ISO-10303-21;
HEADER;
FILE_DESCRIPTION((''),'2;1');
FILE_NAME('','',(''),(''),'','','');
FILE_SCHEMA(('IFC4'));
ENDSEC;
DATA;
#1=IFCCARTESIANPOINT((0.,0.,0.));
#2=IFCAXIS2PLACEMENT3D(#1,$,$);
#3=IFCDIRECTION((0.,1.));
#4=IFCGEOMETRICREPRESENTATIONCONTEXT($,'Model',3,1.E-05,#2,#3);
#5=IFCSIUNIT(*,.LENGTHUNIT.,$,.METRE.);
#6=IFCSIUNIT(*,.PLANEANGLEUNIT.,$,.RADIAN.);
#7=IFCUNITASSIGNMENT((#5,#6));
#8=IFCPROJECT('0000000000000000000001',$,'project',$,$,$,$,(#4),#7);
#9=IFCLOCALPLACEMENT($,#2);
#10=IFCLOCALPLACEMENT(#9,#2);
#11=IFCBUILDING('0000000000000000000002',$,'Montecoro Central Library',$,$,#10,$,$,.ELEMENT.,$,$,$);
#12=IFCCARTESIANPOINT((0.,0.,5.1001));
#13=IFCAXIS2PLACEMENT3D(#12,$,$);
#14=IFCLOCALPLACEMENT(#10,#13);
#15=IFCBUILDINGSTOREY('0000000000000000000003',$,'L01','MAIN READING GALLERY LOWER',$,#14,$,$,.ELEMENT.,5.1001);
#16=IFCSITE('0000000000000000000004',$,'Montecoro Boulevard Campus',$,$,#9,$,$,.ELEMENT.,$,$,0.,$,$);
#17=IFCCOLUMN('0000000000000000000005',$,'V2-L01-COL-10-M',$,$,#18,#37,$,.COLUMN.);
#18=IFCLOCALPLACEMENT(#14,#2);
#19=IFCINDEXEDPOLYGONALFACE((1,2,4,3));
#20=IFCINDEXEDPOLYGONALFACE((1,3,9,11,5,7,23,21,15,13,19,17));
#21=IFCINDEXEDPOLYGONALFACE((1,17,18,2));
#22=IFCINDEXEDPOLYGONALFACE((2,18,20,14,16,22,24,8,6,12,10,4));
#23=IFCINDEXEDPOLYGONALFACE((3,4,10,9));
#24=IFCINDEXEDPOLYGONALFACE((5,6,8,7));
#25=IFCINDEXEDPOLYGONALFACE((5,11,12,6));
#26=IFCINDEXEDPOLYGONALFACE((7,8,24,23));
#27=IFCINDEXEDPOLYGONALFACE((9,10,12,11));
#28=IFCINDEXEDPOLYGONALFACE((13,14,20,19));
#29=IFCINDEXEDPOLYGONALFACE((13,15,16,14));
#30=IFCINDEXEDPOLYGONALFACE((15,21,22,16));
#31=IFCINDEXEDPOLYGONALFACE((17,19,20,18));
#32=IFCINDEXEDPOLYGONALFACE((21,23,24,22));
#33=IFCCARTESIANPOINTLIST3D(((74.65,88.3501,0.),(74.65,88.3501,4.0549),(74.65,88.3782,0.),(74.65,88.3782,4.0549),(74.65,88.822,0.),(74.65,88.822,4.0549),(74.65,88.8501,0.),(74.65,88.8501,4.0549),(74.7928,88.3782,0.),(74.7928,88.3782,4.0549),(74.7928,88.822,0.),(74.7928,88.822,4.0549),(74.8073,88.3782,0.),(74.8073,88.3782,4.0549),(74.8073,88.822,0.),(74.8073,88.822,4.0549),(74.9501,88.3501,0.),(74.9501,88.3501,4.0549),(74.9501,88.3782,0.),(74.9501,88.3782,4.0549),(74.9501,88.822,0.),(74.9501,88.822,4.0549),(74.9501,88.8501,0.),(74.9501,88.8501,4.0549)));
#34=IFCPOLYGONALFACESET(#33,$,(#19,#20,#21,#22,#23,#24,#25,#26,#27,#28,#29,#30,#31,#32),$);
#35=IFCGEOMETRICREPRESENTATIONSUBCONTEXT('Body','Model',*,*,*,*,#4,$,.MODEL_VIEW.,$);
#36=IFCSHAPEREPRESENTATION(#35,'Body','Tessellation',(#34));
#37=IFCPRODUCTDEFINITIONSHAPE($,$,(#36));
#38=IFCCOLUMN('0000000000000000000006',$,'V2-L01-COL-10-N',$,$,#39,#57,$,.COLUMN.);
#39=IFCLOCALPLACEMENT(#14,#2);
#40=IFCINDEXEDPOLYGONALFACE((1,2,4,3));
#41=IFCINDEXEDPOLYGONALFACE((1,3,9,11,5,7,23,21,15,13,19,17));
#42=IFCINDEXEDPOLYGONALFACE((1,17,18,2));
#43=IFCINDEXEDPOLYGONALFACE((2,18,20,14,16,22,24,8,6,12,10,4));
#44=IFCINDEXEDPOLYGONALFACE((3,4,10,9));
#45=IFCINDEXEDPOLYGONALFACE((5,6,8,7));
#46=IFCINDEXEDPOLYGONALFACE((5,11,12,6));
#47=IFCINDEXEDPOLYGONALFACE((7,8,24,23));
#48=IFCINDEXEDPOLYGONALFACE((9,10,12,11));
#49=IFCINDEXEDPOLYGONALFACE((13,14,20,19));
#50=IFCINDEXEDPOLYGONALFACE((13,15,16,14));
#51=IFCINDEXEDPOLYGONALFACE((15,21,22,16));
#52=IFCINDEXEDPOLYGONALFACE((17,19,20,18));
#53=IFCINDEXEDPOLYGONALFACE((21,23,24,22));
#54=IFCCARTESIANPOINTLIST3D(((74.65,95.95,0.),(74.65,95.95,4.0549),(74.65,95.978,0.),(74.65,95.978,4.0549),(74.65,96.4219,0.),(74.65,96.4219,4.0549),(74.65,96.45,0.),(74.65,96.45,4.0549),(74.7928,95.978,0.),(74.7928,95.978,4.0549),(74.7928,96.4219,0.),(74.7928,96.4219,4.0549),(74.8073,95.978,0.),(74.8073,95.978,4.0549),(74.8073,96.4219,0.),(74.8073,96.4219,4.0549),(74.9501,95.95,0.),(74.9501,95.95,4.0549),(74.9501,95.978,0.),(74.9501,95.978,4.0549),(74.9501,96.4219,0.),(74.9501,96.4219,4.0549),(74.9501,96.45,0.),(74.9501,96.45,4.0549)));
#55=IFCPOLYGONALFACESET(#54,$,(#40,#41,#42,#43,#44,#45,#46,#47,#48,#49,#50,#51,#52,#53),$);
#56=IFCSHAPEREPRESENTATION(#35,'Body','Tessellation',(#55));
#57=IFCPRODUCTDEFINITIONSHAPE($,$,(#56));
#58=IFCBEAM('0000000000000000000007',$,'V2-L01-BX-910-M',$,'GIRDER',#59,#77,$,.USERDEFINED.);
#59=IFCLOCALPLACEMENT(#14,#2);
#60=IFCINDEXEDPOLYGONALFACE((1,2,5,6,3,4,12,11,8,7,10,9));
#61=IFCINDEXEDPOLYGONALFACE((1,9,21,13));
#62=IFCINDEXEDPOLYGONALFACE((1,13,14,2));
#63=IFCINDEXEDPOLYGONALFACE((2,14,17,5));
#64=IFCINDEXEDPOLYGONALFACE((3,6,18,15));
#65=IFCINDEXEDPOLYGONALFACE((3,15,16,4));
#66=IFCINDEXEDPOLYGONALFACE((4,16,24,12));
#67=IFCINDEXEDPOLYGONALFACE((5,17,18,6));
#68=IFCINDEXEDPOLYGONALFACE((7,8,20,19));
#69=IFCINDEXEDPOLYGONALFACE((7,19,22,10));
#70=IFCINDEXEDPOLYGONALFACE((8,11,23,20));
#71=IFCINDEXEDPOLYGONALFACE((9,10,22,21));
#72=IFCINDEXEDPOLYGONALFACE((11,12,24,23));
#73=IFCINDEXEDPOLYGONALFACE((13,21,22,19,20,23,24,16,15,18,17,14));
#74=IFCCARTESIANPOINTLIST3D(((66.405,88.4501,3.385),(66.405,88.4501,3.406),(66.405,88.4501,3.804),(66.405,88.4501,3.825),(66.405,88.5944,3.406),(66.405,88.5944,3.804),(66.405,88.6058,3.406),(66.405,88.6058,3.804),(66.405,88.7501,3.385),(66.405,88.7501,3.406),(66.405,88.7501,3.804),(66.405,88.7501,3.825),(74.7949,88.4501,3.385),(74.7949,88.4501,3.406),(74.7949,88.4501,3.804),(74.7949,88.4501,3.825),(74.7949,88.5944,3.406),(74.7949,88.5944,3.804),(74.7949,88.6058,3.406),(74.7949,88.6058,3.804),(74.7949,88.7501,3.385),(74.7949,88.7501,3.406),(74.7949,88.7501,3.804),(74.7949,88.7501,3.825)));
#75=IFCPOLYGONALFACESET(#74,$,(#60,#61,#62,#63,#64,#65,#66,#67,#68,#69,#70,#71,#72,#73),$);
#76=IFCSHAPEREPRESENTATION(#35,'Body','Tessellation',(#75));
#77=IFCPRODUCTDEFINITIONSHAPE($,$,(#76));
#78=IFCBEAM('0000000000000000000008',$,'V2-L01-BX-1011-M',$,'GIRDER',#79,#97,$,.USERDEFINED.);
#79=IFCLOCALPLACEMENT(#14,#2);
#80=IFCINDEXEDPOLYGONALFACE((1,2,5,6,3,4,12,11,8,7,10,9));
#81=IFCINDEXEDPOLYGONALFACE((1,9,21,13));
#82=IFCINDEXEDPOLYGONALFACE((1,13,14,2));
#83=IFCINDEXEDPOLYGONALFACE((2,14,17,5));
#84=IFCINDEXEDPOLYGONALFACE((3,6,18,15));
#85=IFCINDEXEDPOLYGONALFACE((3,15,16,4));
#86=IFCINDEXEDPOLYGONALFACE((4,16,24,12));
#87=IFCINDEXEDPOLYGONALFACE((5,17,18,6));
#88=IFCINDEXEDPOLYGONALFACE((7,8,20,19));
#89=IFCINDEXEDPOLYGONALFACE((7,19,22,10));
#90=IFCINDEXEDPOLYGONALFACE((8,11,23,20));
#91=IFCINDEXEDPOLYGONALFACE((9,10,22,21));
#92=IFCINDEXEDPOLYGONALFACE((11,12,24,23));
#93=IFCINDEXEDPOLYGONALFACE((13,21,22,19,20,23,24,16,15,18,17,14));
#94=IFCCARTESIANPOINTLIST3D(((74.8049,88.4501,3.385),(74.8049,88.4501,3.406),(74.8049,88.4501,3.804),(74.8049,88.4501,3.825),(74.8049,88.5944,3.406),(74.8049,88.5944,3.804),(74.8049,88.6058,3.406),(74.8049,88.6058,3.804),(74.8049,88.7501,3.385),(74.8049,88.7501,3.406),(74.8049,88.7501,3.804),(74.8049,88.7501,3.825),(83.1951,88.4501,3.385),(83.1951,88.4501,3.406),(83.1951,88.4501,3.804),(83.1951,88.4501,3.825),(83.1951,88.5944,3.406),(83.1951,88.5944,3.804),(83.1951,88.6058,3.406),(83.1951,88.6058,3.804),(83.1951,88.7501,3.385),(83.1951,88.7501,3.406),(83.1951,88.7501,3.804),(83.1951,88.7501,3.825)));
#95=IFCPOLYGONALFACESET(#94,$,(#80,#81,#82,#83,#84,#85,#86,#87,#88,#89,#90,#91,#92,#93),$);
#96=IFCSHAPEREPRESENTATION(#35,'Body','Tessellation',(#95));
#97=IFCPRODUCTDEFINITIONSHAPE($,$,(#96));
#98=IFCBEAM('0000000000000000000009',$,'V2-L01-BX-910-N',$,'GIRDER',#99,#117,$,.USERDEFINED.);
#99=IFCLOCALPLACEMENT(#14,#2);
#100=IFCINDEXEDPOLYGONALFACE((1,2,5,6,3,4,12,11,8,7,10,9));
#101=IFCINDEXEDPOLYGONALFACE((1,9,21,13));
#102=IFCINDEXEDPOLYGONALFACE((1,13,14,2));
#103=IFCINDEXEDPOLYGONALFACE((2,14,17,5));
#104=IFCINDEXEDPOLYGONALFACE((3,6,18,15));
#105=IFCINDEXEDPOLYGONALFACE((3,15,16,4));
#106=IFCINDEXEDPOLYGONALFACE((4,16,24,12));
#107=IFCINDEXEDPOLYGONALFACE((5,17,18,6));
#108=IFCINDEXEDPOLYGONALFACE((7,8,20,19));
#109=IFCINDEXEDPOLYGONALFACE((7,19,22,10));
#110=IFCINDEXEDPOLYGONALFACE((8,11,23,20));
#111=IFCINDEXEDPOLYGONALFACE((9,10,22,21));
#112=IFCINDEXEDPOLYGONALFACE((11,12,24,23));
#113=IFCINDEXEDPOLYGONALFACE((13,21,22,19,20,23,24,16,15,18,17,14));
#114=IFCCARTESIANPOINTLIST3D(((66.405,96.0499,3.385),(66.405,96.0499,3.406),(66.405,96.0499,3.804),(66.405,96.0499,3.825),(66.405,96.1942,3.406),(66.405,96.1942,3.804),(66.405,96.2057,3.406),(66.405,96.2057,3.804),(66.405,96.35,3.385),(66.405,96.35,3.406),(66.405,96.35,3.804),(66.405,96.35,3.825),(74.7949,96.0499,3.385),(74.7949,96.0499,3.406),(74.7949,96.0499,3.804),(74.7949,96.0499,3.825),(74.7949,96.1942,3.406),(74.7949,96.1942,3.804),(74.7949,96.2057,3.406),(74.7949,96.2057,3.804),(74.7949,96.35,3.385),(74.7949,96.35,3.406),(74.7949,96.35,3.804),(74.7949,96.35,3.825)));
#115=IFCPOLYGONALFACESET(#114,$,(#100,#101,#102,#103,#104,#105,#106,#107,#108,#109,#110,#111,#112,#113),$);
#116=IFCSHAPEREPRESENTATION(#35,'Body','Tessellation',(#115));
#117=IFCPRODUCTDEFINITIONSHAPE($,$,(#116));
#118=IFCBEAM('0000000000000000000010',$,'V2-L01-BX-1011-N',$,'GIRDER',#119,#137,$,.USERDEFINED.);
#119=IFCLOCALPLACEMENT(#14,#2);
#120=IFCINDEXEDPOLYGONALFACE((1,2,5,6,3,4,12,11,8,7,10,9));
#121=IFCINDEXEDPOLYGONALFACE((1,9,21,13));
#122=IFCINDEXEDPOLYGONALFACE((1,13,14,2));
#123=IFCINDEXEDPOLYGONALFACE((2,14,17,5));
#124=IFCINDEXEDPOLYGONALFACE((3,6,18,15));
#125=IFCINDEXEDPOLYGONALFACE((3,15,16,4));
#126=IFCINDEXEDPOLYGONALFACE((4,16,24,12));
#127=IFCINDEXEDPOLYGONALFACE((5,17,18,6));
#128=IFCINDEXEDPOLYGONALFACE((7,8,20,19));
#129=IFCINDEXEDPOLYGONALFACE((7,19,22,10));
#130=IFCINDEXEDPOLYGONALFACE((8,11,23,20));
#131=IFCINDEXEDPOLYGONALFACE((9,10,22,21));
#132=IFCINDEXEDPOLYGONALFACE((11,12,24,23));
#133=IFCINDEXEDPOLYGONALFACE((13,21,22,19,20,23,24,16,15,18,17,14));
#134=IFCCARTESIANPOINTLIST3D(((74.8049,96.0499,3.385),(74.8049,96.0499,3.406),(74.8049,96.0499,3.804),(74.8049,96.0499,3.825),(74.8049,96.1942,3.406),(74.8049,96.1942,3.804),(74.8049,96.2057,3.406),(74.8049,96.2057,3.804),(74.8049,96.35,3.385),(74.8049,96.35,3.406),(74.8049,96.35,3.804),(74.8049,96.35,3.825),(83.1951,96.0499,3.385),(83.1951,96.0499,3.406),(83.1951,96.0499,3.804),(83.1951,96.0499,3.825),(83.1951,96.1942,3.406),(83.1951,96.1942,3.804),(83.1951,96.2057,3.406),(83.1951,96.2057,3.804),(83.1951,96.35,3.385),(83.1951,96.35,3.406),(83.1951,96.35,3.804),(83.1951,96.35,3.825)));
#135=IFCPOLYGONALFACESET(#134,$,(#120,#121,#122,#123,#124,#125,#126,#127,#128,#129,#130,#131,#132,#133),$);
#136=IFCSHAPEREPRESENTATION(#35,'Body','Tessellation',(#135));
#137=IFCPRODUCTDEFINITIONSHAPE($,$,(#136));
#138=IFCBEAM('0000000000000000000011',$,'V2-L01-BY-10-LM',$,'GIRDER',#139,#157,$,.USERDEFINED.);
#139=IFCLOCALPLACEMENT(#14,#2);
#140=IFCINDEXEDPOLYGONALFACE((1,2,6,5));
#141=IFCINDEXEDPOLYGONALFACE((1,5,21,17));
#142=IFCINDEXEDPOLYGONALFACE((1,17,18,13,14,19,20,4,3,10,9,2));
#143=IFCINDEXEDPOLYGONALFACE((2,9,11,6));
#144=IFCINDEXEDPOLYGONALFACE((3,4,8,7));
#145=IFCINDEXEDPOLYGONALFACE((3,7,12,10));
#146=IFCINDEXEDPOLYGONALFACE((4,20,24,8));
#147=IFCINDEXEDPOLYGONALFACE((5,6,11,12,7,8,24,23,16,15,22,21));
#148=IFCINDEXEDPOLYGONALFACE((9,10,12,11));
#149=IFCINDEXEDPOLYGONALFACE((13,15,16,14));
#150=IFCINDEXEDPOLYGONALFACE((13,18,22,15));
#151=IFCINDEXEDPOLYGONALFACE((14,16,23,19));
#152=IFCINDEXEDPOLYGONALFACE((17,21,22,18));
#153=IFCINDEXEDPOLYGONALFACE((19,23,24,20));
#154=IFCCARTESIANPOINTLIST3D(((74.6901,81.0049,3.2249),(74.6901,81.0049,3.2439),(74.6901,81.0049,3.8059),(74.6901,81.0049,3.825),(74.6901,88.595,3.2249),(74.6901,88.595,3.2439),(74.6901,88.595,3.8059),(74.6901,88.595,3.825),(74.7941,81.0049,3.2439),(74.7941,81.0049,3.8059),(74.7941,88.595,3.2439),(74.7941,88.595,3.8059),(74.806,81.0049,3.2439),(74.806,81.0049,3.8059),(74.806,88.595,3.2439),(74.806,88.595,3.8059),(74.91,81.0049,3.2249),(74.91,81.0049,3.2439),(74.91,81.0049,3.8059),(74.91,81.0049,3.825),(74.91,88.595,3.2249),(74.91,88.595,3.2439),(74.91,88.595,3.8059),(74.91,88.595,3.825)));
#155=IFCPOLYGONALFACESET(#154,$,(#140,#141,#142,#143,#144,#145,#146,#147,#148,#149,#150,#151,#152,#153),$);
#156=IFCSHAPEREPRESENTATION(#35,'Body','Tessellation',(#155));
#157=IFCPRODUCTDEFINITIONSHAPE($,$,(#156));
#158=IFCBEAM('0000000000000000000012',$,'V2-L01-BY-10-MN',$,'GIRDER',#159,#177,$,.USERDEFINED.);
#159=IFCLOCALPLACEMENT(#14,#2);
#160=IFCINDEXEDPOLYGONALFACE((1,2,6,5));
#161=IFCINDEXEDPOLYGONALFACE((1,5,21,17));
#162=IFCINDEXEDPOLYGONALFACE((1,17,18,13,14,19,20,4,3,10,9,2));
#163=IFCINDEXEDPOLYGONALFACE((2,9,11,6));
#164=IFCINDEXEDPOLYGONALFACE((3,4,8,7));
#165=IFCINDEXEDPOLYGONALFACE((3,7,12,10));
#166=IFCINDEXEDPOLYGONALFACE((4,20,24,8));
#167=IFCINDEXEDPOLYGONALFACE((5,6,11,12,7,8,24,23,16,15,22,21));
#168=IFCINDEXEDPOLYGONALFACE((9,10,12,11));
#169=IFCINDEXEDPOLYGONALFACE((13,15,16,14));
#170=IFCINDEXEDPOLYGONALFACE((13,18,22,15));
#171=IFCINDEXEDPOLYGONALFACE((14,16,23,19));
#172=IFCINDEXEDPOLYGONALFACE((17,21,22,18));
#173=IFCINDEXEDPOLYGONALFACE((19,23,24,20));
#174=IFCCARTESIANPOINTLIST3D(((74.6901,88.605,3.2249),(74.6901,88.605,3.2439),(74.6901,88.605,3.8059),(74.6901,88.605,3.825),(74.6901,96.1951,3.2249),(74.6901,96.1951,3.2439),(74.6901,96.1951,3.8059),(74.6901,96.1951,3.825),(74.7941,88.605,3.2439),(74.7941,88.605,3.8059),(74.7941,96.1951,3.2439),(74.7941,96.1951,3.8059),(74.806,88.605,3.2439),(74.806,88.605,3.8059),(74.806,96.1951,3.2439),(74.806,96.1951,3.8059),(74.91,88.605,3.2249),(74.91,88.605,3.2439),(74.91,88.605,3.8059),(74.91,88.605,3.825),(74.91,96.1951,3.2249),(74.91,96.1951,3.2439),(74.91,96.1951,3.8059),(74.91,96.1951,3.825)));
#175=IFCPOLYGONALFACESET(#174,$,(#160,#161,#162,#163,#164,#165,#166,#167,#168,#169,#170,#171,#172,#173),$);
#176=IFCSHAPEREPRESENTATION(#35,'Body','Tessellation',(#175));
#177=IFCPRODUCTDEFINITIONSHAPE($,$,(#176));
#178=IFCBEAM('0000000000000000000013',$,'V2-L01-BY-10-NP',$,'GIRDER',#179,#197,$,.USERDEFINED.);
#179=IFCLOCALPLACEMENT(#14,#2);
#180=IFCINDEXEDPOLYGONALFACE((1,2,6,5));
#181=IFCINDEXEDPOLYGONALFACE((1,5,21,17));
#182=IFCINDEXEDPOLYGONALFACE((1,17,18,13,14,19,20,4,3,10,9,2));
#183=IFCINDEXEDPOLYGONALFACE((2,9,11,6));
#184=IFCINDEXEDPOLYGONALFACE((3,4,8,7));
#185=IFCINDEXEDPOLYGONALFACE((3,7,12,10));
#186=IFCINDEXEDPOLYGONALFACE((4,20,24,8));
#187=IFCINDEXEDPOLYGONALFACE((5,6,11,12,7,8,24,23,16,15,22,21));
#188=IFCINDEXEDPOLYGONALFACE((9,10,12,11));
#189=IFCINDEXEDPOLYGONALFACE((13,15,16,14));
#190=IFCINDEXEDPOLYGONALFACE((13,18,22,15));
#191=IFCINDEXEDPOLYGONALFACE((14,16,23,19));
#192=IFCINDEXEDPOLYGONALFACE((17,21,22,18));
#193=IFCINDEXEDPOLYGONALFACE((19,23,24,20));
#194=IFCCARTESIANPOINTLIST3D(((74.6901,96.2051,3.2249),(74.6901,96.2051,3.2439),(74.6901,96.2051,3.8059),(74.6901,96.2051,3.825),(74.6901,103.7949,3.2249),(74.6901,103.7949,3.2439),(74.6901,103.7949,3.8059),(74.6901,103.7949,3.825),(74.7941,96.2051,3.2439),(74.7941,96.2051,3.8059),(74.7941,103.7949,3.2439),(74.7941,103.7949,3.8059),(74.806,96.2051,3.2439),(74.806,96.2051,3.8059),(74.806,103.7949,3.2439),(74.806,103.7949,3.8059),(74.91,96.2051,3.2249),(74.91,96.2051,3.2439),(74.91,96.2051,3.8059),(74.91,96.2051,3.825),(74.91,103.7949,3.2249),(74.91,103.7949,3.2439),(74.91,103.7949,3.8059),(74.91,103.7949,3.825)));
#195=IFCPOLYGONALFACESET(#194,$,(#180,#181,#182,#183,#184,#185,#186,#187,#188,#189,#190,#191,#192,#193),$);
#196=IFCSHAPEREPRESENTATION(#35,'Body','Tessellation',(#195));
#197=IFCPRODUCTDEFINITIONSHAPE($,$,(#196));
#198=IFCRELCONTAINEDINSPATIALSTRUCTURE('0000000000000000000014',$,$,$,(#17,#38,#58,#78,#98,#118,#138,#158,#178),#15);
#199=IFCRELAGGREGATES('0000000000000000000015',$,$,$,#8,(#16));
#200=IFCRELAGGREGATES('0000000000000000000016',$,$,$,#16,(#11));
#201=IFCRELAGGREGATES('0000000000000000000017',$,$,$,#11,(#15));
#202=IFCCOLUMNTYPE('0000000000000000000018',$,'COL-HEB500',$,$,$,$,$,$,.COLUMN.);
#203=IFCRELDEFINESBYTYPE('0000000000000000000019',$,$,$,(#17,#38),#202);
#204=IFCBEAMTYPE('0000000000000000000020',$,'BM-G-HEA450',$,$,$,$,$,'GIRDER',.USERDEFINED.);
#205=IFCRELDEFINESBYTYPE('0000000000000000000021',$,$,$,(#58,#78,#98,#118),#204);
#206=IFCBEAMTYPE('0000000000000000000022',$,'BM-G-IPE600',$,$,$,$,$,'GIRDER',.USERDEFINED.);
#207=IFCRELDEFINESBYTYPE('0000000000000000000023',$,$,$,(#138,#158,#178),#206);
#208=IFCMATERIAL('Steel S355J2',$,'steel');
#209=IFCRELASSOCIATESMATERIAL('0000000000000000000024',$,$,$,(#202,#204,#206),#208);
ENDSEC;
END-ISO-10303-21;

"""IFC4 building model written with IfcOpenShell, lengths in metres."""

from ifc_helpers import new_model, si_unit, direction, frame, origin, origin_2d, place, context, subcontext, project, spatial, i_section, extrude, material, material_profile, profile_set, type_object, element, save


model = new_model("IFC4")

# Units and contexts
model_context = context("Model", 3, precision=1e-05, world=origin(), true_north=direction((0.0, 1.0)))
body_context = subcontext(model_context, "Body", "Model", "MODEL_VIEW")
ifc_project = project(units=[si_unit("LENGTHUNIT", "METRE"), si_unit("PLANEANGLEUNIT", "RADIAN")], contexts=[model_context])

# Site, building, storey
site_placement = place(None, origin())
site = spatial("IfcSite", under=ifc_project, at=site_placement, Name="Montecoro Boulevard Campus", CompositionType="ELEMENT", RefElevation=0.0)
building_placement = place(site_placement, origin())
building = spatial("IfcBuilding", under=site, at=building_placement, Name="Montecoro Central Library", CompositionType="ELEMENT")
storey_placement = place(building_placement, frame((0.0, 0.0, 5.1001)))
storey = spatial("IfcBuildingStorey", under=building, at=storey_placement, Name="L01", Description="MAIN READING GALLERY LOWER", CompositionType="ELEMENT", Elevation=5.1001)

# Columns
ifc_material_1 = material(Name="Steel S355J2", Category="steel")
ifc_material_profile_1 = material_profile(ifc_material_1, i_section(OverallWidth=0.3, OverallDepth=0.5, WebThickness=0.0144, FlangeThickness=0.0281, at=origin_2d()), Name="HEB 500")
ifc_profile_set_1 = profile_set([ifc_material_profile_1], Name="Steel S355J2")
column_type = type_object("IfcColumnType", Name="COL-HEB500", PredefinedType="COLUMN", material=ifc_profile_set_1)
for number, where, z_axis, x_axis, name in (
    (1, (74.8, 88.6001, 0.0), (0.0, 0.0, 1.0), (1.0, 0.0, 0.0), "V2-L01-COL-10-M"),
    (2, (74.8, 96.2, 0.0), (0.0, 0.0, 1.0), (1.0, 0.0, 0.0), "V2-L01-COL-10-N"),
):
    element("IfcColumn", number, at=place(storey_placement, frame(where, z_axis=z_axis, x_axis=x_axis)), inside=storey, type_object=column_type, Name=name, PredefinedType="COLUMN", context=body_context, shape_type="SweptSolid", body=[
        extrude(i_section(OverallWidth=0.3, OverallDepth=0.5, WebThickness=0.0144, FlangeThickness=0.0281, at=origin_2d()), origin(), (0.0, 0.0, 1.0), 4.0549),
    ])

# Beams
ifc_material_profile_2 = material_profile(ifc_material_1, i_section(OverallWidth=0.3, OverallDepth=0.4399, WebThickness=0.0115, FlangeThickness=0.021, at=origin_2d()), Name="HEA 450")
ifc_profile_set_2 = profile_set([ifc_material_profile_2], Name="Steel S355J2")
beam_type_1 = type_object("IfcBeamType", Name="BM-G-HEA450", ElementType="GIRDER", PredefinedType="USERDEFINED", material=ifc_profile_set_2)
beam_1_placement = place(storey_placement, frame((66.405, 88.6001, 3.605), z_axis=(1.0, 0.0, 0.0), x_axis=(0.0, 1.0, 0.0)))
element("IfcBeam", 3, at=beam_1_placement, inside=storey, type_object=beam_type_1, Name="V2-L01-BX-910-M", ObjectType="GIRDER", PredefinedType="USERDEFINED", context=body_context, shape_type="SweptSolid", body=[
    extrude(i_section(OverallWidth=0.3, OverallDepth=0.4399, WebThickness=0.0115, FlangeThickness=0.021, at=origin_2d()), origin(), (0.0, 0.0, 1.0), 8.3899),
])
beam_2_placement = place(storey_placement, frame((74.8049, 88.6001, 3.605), z_axis=(1.0, 0.0, 0.0), x_axis=(0.0, 1.0, 0.0)))
element("IfcBeam", 4, at=beam_2_placement, inside=storey, type_object=beam_type_1, Name="V2-L01-BX-1011-M", ObjectType="GIRDER", PredefinedType="USERDEFINED", context=body_context, shape_type="SweptSolid", body=[
    extrude(i_section(OverallWidth=0.3, OverallDepth=0.4399, WebThickness=0.0115, FlangeThickness=0.021, at=origin_2d()), origin(), (0.0, 0.0, 1.0), 8.3901),
])
beam_3_placement = place(storey_placement, frame((66.405, 96.2, 3.605), z_axis=(1.0, 0.0, 0.0), x_axis=(0.0, 1.0, 0.0)))
element("IfcBeam", 5, at=beam_3_placement, inside=storey, type_object=beam_type_1, Name="V2-L01-BX-910-N", ObjectType="GIRDER", PredefinedType="USERDEFINED", context=body_context, shape_type="SweptSolid", body=[
    extrude(i_section(OverallWidth=0.3, OverallDepth=0.4399, WebThickness=0.0115, FlangeThickness=0.021, at=origin_2d()), origin(), (0.0, 0.0, 1.0), 8.3899),
])
beam_4_placement = place(storey_placement, frame((74.8049, 96.2, 3.605), z_axis=(1.0, 0.0, 0.0), x_axis=(0.0, 1.0, 0.0)))
element("IfcBeam", 6, at=beam_4_placement, inside=storey, type_object=beam_type_1, Name="V2-L01-BX-1011-N", ObjectType="GIRDER", PredefinedType="USERDEFINED", context=body_context, shape_type="SweptSolid", body=[
    extrude(i_section(OverallWidth=0.3, OverallDepth=0.4399, WebThickness=0.0115, FlangeThickness=0.021, at=origin_2d()), origin(), (0.0, 0.0, 1.0), 8.3901),
])
ifc_material_profile_3 = material_profile(ifc_material_1, i_section(OverallWidth=0.22, OverallDepth=0.6001, WebThickness=0.012, FlangeThickness=0.019, at=origin_2d()), Name="IPE 600")
ifc_profile_set_3 = profile_set([ifc_material_profile_3], Name="Steel S355J2")
beam_type_2 = type_object("IfcBeamType", Name="BM-G-IPE600", ElementType="GIRDER", PredefinedType="USERDEFINED", material=ifc_profile_set_3)
for number, where, z_axis, x_axis, name in (
    (7, (74.8, 81.0049, 3.5249), (0.0, 1.0, 0.0), (-1.0, 0.0, 0.0), "V2-L01-BY-10-LM"),
    (8, (74.8, 88.605, 3.5249), (0.0, 1.0, 0.0), (-1.0, 0.0, 0.0), "V2-L01-BY-10-MN"),
):
    element("IfcBeam", number, at=place(storey_placement, frame(where, z_axis=z_axis, x_axis=x_axis)), inside=storey, type_object=beam_type_2, Name=name, ObjectType="GIRDER", PredefinedType="USERDEFINED", context=body_context, shape_type="SweptSolid", body=[
        extrude(i_section(OverallWidth=0.22, OverallDepth=0.6001, WebThickness=0.012, FlangeThickness=0.019, at=origin_2d()), origin(), (0.0, 0.0, 1.0), 7.5901),
    ])
beam_5_placement = place(storey_placement, frame((74.8, 96.2051, 3.5249), z_axis=(0.0, 1.0, 0.0), x_axis=(-1.0, 0.0, 0.0)))
element("IfcBeam", 9, at=beam_5_placement, inside=storey, type_object=beam_type_2, Name="V2-L01-BY-10-NP", ObjectType="GIRDER", PredefinedType="USERDEFINED", context=body_context, shape_type="SweptSolid", body=[
    extrude(i_section(OverallWidth=0.22, OverallDepth=0.6001, WebThickness=0.012, FlangeThickness=0.019, at=origin_2d()), origin(), (0.0, 0.0, 1.0), 7.5898),
])

save(model, "model.ifc")
